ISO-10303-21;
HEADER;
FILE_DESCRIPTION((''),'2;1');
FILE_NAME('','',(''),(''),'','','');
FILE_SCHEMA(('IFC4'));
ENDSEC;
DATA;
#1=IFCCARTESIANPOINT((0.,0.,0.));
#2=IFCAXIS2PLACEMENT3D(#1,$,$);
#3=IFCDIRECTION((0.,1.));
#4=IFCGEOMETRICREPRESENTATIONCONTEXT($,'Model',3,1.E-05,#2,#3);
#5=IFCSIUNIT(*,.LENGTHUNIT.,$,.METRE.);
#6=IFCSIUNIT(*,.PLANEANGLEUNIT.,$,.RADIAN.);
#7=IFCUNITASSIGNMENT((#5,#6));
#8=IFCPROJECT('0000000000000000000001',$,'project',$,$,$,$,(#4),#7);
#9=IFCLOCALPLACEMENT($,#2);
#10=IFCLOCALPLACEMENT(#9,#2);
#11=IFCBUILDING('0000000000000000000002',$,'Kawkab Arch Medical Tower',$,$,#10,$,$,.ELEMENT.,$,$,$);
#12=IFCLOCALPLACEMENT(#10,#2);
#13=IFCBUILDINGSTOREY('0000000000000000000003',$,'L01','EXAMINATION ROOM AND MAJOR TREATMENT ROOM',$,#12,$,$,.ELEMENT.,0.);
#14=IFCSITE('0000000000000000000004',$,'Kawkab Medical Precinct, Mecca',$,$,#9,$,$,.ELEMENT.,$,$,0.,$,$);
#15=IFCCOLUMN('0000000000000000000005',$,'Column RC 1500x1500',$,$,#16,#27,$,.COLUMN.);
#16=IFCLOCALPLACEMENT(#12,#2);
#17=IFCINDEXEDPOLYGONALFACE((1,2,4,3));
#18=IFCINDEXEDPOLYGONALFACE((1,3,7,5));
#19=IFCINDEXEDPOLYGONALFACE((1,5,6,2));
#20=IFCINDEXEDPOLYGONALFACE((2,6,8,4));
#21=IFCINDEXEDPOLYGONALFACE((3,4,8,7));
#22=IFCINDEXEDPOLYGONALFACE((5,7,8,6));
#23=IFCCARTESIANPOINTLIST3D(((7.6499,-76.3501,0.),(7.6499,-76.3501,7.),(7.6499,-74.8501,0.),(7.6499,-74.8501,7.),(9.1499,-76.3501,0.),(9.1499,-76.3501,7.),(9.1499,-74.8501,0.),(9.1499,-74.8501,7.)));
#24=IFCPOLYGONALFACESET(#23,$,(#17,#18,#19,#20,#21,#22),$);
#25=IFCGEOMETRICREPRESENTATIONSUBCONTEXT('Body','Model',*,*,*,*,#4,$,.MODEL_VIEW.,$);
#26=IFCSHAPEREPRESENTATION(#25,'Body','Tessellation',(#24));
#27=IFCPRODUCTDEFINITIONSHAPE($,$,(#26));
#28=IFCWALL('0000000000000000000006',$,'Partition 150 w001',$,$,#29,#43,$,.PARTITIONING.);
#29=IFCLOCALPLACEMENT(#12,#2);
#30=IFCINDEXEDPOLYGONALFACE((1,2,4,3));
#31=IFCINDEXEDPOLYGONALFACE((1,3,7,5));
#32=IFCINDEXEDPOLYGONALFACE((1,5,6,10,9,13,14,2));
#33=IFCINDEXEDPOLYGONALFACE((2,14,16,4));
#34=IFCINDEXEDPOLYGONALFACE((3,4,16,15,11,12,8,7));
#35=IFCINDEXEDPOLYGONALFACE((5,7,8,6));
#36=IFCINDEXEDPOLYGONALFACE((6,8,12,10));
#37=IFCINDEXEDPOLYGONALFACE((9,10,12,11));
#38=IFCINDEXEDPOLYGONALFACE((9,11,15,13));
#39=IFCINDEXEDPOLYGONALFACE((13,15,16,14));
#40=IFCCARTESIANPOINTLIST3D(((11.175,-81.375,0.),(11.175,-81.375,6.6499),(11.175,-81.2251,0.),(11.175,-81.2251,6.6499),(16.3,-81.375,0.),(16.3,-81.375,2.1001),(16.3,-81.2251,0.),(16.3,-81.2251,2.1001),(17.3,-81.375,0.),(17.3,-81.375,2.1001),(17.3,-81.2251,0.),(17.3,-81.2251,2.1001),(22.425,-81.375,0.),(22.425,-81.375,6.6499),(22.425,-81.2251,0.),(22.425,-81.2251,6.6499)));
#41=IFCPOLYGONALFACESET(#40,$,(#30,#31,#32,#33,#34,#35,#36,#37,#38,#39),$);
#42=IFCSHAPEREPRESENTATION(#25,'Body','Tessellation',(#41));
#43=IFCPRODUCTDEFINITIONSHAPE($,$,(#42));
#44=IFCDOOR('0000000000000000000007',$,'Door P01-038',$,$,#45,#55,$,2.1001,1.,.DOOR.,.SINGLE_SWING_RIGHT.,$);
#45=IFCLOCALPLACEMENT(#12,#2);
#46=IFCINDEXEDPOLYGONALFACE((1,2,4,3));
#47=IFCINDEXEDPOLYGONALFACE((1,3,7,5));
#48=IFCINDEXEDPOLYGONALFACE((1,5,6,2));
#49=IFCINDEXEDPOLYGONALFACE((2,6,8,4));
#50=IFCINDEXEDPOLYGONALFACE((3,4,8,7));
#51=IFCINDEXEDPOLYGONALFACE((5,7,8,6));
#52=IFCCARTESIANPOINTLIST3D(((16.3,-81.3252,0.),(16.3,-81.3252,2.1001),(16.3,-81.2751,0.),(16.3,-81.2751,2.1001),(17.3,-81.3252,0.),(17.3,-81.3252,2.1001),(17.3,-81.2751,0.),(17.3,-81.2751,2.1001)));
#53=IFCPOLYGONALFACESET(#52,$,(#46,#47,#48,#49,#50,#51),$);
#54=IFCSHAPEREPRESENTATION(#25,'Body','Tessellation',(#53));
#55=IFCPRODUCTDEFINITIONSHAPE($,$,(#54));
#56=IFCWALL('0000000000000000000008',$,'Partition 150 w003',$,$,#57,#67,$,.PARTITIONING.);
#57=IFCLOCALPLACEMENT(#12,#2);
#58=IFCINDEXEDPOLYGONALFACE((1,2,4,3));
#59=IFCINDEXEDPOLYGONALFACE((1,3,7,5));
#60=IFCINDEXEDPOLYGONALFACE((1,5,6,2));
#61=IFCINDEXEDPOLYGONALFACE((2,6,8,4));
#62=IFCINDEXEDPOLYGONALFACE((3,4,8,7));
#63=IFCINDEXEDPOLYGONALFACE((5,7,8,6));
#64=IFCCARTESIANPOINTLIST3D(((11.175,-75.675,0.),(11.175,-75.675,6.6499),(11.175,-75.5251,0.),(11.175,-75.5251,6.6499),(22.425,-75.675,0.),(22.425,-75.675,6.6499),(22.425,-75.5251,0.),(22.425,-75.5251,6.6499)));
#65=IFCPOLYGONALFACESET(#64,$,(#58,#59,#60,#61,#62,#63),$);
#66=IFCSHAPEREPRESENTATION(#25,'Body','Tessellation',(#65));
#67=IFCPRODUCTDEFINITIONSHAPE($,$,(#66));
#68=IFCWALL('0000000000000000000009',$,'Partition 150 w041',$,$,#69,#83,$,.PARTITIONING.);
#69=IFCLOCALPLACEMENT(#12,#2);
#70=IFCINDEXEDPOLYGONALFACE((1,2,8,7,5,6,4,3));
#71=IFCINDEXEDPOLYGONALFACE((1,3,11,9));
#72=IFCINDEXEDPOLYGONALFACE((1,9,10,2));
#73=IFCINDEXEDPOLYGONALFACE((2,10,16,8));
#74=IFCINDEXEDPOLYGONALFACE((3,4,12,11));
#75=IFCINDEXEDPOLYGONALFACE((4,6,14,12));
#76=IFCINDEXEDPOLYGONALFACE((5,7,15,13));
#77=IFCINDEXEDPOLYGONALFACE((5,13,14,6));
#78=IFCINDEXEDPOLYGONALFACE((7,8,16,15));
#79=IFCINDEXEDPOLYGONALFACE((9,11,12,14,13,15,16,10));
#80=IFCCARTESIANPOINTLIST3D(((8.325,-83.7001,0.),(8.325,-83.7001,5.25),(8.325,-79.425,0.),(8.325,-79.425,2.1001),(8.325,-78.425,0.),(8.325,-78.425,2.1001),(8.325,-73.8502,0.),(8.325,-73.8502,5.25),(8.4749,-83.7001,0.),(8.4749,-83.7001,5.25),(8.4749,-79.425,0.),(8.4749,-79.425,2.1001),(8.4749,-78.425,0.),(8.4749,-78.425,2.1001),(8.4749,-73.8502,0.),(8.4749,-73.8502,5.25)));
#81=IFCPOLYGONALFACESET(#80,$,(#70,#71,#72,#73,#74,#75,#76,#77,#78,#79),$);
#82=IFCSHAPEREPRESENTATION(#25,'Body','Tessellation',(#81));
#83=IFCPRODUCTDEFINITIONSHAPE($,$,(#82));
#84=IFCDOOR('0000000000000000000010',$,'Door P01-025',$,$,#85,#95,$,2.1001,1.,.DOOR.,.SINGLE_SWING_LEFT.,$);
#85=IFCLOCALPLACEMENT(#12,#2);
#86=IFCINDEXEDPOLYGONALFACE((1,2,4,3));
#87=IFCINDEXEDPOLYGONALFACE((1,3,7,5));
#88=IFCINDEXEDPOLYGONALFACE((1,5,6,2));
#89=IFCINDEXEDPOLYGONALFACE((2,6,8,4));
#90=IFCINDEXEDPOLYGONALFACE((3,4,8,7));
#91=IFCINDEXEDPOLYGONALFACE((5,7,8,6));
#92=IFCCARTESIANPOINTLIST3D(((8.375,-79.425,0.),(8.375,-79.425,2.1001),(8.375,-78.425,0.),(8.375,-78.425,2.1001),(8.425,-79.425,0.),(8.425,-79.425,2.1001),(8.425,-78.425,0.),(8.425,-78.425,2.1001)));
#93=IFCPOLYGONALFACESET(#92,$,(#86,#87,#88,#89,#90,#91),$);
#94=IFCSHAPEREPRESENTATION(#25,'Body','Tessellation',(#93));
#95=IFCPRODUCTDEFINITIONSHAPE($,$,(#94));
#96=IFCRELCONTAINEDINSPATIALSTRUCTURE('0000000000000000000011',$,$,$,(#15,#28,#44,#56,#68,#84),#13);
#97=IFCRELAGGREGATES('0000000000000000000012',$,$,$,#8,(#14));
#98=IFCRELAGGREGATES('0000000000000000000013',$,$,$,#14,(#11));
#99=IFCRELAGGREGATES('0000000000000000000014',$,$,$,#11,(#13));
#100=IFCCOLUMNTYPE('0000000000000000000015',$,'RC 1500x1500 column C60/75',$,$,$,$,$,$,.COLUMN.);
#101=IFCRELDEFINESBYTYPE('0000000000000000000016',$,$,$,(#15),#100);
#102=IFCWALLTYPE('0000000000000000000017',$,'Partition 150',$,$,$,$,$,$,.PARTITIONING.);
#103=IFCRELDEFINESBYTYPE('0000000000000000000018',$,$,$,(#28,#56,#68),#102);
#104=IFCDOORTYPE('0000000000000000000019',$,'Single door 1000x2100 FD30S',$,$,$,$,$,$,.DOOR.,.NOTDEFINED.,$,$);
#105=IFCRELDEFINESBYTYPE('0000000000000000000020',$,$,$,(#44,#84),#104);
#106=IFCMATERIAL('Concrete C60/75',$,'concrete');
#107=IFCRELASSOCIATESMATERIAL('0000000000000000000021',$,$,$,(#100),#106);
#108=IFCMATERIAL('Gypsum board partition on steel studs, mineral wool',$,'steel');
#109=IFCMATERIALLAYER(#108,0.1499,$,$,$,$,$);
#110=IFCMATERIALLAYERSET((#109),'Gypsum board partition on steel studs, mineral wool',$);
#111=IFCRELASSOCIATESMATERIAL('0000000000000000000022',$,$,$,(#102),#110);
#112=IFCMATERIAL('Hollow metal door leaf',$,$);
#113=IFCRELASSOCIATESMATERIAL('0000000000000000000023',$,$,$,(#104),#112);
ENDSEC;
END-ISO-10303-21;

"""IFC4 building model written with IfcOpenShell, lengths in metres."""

from ifc_helpers import new_model, si_unit, direction, frame, frame_2d, origin, origin_2d, place, context, subcontext, project, spatial, rectangle, extrude, material, layer, layer_set, material_profile, profile_set, type_object, element, fill, save


model = new_model("IFC4")

# Units and contexts
model_context = context("Model", 3, precision=1e-05, world=origin(), true_north=direction((0.0, 1.0)))
body_context = subcontext(model_context, "Body", "Model", "MODEL_VIEW")
ifc_project = project(units=[si_unit("LENGTHUNIT", "METRE"), si_unit("PLANEANGLEUNIT", "RADIAN")], contexts=[model_context])

# Site, building, storey
site_placement = place(None, origin())
site = spatial("IfcSite", under=ifc_project, at=site_placement, Name="Kawkab Medical Precinct, Mecca", CompositionType="ELEMENT", RefElevation=0.0)
building_placement = place(site_placement, origin())
building = spatial("IfcBuilding", under=site, at=building_placement, Name="Kawkab Arch Medical Tower", CompositionType="ELEMENT")
storey_placement = place(building_placement, origin())
storey = spatial("IfcBuildingStorey", under=building, at=storey_placement, Name="L01", Description="EXAMINATION ROOM AND MAJOR TREATMENT ROOM", CompositionType="ELEMENT", Elevation=0.0)

# Column
ifc_material_1 = material(Name="Concrete C60/75", Category="concrete")
ifc_material_profile = material_profile(ifc_material_1, rectangle(XDim=1.5, YDim=1.5, at=origin_2d()), Name="RC 1500x1500")
ifc_profile_set = profile_set([ifc_material_profile], Name="Concrete C60/75")
column_type = type_object("IfcColumnType", Name="RC 1500x1500 column C60/75", PredefinedType="COLUMN", material=ifc_profile_set)
column_placement = place(storey_placement, frame((8.3999, -75.6001, 0.0), z_axis=(0.0, 0.0, 1.0), x_axis=(1.0, 0.0, 0.0)))
element("IfcColumn", 1, at=column_placement, inside=storey, type_object=column_type, Name="Column RC 1500x1500", PredefinedType="COLUMN", context=body_context, shape_type="SweptSolid", body=[
    extrude(rectangle(XDim=1.5, YDim=1.5, at=origin_2d()), origin(), (0.0, 0.0, 1.0), 7.0),
])

# Wall, opening, door
ifc_material_2 = material(Name="Gypsum board partition on steel studs, mineral wool", Category="steel")
ifc_layer_1 = layer(ifc_material_2, 0.1499)
ifc_layer_set_1 = layer_set([ifc_layer_1], Name="Gypsum board partition on steel studs, mineral wool")
wall_type_1 = type_object("IfcWallType", Name="Partition 150", PredefinedType="PARTITIONING", material=ifc_layer_set_1)
wall_1_placement = place(storey_placement, frame((11.175, -81.3, 0.0), z_axis=(0.0, 0.0, 1.0), x_axis=(1.0, 0.0, 0.0)))
wall_1 = element("IfcWall", 2, at=wall_1_placement, inside=storey, type_object=wall_type_1, Name="Partition 150 w001", PredefinedType="PARTITIONING", context=body_context, shape_type="SweptSolid", body=[
    extrude(rectangle(XDim=11.25, YDim=0.1499, at=frame_2d((5.625, 0.0))), origin(), (0.0, 0.0, 1.0), 6.6499),
])
opening_1_placement = place(wall_1_placement, frame((5.125, 0.0, 0.0)))
opening_1 = element("IfcOpeningElement", 3, at=opening_1_placement, cuts=wall_1, PredefinedType="OPENING", context=body_context, shape_type="SweptSolid", body=[
    extrude(rectangle(XDim=1.0, YDim=2.1001, at=frame_2d((0.5, 1.05))), frame((0.0, 0.085, 0.0), z_axis=(0.0, -1.0, 0.0), x_axis=(1.0, 0.0, 0.0)), (0.0, 0.0, 1.0), 0.1699),
])
ifc_material_3 = material(Name="Hollow metal door leaf")
door_type_1 = type_object("IfcDoorType", Name="Single door 1000x2100 FD30S", OperationType="NOTDEFINED", PredefinedType="DOOR", material=ifc_material_3)
door_1_placement = place(opening_1_placement, origin())
door_1 = element("IfcDoor", 4, at=door_1_placement, inside=storey, type_object=door_type_1, Name="Door P01-038", OperationType="SINGLE_SWING_RIGHT", OverallHeight=2.1001, OverallWidth=1.0, PredefinedType="DOOR", context=body_context, shape_type="SweptSolid", body=[
    extrude(rectangle(XDim=1.0, YDim=2.1001, at=frame_2d((0.5, 1.05))), frame((0.0, 0.0249, 0.0), z_axis=(0.0, -1.0, 0.0), x_axis=(1.0, 0.0, 0.0)), (0.0, 0.0, 1.0), 0.05),
])
fill(opening_1, door_1)

# Wall
wall_2_placement = place(storey_placement, frame((11.175, -75.6001, 0.0), z_axis=(0.0, 0.0, 1.0), x_axis=(1.0, 0.0, 0.0)))
element("IfcWall", 5, at=wall_2_placement, inside=storey, type_object=wall_type_1, Name="Partition 150 w003", PredefinedType="PARTITIONING", context=body_context, shape_type="SweptSolid", body=[
    extrude(rectangle(XDim=11.25, YDim=0.1499, at=frame_2d((5.625, 0.0))), origin(), (0.0, 0.0, 1.0), 6.6499),
])

# Wall, opening, door
wall_3_placement = place(storey_placement, frame((8.3999, -83.7, 0.0), z_axis=(0.0, 0.0, 1.0), x_axis=(0.0, 1.0, 0.0)))
wall_3 = element("IfcWall", 6, at=wall_3_placement, inside=storey, type_object=wall_type_1, Name="Partition 150 w041", PredefinedType="PARTITIONING", context=body_context, shape_type="SweptSolid", body=[
    extrude(rectangle(XDim=9.8499, YDim=0.1499, at=frame_2d((4.9248, 0.0))), origin(), (0.0, 0.0, 1.0), 5.25),
])
opening_2_placement = place(wall_3_placement, frame((4.2749, 0.0, 0.0)))
opening_2 = element("IfcOpeningElement", 7, at=opening_2_placement, cuts=wall_3, PredefinedType="OPENING", context=body_context, shape_type="SweptSolid", body=[
    extrude(rectangle(XDim=1.0, YDim=2.1001, at=frame_2d((0.5, 1.05))), frame((0.0, 0.085, 0.0), z_axis=(0.0, -1.0, 0.0), x_axis=(1.0, 0.0, 0.0)), (0.0, 0.0, 1.0), 0.1699),
])
door_2_placement = place(opening_2_placement, origin())
door_2 = element("IfcDoor", 8, at=door_2_placement, inside=storey, type_object=door_type_1, Name="Door P01-025", OperationType="SINGLE_SWING_LEFT", OverallHeight=2.1001, OverallWidth=1.0, PredefinedType="DOOR", context=body_context, shape_type="SweptSolid", body=[
    extrude(rectangle(XDim=1.0, YDim=2.1001, at=frame_2d((0.5, 1.05))), frame((0.0, 0.0249, 0.0), z_axis=(0.0, -1.0, 0.0), x_axis=(1.0, 0.0, 0.0)), (0.0, 0.0, 1.0), 0.05),
])
fill(opening_2, door_2)

save(model, "model.ifc")
